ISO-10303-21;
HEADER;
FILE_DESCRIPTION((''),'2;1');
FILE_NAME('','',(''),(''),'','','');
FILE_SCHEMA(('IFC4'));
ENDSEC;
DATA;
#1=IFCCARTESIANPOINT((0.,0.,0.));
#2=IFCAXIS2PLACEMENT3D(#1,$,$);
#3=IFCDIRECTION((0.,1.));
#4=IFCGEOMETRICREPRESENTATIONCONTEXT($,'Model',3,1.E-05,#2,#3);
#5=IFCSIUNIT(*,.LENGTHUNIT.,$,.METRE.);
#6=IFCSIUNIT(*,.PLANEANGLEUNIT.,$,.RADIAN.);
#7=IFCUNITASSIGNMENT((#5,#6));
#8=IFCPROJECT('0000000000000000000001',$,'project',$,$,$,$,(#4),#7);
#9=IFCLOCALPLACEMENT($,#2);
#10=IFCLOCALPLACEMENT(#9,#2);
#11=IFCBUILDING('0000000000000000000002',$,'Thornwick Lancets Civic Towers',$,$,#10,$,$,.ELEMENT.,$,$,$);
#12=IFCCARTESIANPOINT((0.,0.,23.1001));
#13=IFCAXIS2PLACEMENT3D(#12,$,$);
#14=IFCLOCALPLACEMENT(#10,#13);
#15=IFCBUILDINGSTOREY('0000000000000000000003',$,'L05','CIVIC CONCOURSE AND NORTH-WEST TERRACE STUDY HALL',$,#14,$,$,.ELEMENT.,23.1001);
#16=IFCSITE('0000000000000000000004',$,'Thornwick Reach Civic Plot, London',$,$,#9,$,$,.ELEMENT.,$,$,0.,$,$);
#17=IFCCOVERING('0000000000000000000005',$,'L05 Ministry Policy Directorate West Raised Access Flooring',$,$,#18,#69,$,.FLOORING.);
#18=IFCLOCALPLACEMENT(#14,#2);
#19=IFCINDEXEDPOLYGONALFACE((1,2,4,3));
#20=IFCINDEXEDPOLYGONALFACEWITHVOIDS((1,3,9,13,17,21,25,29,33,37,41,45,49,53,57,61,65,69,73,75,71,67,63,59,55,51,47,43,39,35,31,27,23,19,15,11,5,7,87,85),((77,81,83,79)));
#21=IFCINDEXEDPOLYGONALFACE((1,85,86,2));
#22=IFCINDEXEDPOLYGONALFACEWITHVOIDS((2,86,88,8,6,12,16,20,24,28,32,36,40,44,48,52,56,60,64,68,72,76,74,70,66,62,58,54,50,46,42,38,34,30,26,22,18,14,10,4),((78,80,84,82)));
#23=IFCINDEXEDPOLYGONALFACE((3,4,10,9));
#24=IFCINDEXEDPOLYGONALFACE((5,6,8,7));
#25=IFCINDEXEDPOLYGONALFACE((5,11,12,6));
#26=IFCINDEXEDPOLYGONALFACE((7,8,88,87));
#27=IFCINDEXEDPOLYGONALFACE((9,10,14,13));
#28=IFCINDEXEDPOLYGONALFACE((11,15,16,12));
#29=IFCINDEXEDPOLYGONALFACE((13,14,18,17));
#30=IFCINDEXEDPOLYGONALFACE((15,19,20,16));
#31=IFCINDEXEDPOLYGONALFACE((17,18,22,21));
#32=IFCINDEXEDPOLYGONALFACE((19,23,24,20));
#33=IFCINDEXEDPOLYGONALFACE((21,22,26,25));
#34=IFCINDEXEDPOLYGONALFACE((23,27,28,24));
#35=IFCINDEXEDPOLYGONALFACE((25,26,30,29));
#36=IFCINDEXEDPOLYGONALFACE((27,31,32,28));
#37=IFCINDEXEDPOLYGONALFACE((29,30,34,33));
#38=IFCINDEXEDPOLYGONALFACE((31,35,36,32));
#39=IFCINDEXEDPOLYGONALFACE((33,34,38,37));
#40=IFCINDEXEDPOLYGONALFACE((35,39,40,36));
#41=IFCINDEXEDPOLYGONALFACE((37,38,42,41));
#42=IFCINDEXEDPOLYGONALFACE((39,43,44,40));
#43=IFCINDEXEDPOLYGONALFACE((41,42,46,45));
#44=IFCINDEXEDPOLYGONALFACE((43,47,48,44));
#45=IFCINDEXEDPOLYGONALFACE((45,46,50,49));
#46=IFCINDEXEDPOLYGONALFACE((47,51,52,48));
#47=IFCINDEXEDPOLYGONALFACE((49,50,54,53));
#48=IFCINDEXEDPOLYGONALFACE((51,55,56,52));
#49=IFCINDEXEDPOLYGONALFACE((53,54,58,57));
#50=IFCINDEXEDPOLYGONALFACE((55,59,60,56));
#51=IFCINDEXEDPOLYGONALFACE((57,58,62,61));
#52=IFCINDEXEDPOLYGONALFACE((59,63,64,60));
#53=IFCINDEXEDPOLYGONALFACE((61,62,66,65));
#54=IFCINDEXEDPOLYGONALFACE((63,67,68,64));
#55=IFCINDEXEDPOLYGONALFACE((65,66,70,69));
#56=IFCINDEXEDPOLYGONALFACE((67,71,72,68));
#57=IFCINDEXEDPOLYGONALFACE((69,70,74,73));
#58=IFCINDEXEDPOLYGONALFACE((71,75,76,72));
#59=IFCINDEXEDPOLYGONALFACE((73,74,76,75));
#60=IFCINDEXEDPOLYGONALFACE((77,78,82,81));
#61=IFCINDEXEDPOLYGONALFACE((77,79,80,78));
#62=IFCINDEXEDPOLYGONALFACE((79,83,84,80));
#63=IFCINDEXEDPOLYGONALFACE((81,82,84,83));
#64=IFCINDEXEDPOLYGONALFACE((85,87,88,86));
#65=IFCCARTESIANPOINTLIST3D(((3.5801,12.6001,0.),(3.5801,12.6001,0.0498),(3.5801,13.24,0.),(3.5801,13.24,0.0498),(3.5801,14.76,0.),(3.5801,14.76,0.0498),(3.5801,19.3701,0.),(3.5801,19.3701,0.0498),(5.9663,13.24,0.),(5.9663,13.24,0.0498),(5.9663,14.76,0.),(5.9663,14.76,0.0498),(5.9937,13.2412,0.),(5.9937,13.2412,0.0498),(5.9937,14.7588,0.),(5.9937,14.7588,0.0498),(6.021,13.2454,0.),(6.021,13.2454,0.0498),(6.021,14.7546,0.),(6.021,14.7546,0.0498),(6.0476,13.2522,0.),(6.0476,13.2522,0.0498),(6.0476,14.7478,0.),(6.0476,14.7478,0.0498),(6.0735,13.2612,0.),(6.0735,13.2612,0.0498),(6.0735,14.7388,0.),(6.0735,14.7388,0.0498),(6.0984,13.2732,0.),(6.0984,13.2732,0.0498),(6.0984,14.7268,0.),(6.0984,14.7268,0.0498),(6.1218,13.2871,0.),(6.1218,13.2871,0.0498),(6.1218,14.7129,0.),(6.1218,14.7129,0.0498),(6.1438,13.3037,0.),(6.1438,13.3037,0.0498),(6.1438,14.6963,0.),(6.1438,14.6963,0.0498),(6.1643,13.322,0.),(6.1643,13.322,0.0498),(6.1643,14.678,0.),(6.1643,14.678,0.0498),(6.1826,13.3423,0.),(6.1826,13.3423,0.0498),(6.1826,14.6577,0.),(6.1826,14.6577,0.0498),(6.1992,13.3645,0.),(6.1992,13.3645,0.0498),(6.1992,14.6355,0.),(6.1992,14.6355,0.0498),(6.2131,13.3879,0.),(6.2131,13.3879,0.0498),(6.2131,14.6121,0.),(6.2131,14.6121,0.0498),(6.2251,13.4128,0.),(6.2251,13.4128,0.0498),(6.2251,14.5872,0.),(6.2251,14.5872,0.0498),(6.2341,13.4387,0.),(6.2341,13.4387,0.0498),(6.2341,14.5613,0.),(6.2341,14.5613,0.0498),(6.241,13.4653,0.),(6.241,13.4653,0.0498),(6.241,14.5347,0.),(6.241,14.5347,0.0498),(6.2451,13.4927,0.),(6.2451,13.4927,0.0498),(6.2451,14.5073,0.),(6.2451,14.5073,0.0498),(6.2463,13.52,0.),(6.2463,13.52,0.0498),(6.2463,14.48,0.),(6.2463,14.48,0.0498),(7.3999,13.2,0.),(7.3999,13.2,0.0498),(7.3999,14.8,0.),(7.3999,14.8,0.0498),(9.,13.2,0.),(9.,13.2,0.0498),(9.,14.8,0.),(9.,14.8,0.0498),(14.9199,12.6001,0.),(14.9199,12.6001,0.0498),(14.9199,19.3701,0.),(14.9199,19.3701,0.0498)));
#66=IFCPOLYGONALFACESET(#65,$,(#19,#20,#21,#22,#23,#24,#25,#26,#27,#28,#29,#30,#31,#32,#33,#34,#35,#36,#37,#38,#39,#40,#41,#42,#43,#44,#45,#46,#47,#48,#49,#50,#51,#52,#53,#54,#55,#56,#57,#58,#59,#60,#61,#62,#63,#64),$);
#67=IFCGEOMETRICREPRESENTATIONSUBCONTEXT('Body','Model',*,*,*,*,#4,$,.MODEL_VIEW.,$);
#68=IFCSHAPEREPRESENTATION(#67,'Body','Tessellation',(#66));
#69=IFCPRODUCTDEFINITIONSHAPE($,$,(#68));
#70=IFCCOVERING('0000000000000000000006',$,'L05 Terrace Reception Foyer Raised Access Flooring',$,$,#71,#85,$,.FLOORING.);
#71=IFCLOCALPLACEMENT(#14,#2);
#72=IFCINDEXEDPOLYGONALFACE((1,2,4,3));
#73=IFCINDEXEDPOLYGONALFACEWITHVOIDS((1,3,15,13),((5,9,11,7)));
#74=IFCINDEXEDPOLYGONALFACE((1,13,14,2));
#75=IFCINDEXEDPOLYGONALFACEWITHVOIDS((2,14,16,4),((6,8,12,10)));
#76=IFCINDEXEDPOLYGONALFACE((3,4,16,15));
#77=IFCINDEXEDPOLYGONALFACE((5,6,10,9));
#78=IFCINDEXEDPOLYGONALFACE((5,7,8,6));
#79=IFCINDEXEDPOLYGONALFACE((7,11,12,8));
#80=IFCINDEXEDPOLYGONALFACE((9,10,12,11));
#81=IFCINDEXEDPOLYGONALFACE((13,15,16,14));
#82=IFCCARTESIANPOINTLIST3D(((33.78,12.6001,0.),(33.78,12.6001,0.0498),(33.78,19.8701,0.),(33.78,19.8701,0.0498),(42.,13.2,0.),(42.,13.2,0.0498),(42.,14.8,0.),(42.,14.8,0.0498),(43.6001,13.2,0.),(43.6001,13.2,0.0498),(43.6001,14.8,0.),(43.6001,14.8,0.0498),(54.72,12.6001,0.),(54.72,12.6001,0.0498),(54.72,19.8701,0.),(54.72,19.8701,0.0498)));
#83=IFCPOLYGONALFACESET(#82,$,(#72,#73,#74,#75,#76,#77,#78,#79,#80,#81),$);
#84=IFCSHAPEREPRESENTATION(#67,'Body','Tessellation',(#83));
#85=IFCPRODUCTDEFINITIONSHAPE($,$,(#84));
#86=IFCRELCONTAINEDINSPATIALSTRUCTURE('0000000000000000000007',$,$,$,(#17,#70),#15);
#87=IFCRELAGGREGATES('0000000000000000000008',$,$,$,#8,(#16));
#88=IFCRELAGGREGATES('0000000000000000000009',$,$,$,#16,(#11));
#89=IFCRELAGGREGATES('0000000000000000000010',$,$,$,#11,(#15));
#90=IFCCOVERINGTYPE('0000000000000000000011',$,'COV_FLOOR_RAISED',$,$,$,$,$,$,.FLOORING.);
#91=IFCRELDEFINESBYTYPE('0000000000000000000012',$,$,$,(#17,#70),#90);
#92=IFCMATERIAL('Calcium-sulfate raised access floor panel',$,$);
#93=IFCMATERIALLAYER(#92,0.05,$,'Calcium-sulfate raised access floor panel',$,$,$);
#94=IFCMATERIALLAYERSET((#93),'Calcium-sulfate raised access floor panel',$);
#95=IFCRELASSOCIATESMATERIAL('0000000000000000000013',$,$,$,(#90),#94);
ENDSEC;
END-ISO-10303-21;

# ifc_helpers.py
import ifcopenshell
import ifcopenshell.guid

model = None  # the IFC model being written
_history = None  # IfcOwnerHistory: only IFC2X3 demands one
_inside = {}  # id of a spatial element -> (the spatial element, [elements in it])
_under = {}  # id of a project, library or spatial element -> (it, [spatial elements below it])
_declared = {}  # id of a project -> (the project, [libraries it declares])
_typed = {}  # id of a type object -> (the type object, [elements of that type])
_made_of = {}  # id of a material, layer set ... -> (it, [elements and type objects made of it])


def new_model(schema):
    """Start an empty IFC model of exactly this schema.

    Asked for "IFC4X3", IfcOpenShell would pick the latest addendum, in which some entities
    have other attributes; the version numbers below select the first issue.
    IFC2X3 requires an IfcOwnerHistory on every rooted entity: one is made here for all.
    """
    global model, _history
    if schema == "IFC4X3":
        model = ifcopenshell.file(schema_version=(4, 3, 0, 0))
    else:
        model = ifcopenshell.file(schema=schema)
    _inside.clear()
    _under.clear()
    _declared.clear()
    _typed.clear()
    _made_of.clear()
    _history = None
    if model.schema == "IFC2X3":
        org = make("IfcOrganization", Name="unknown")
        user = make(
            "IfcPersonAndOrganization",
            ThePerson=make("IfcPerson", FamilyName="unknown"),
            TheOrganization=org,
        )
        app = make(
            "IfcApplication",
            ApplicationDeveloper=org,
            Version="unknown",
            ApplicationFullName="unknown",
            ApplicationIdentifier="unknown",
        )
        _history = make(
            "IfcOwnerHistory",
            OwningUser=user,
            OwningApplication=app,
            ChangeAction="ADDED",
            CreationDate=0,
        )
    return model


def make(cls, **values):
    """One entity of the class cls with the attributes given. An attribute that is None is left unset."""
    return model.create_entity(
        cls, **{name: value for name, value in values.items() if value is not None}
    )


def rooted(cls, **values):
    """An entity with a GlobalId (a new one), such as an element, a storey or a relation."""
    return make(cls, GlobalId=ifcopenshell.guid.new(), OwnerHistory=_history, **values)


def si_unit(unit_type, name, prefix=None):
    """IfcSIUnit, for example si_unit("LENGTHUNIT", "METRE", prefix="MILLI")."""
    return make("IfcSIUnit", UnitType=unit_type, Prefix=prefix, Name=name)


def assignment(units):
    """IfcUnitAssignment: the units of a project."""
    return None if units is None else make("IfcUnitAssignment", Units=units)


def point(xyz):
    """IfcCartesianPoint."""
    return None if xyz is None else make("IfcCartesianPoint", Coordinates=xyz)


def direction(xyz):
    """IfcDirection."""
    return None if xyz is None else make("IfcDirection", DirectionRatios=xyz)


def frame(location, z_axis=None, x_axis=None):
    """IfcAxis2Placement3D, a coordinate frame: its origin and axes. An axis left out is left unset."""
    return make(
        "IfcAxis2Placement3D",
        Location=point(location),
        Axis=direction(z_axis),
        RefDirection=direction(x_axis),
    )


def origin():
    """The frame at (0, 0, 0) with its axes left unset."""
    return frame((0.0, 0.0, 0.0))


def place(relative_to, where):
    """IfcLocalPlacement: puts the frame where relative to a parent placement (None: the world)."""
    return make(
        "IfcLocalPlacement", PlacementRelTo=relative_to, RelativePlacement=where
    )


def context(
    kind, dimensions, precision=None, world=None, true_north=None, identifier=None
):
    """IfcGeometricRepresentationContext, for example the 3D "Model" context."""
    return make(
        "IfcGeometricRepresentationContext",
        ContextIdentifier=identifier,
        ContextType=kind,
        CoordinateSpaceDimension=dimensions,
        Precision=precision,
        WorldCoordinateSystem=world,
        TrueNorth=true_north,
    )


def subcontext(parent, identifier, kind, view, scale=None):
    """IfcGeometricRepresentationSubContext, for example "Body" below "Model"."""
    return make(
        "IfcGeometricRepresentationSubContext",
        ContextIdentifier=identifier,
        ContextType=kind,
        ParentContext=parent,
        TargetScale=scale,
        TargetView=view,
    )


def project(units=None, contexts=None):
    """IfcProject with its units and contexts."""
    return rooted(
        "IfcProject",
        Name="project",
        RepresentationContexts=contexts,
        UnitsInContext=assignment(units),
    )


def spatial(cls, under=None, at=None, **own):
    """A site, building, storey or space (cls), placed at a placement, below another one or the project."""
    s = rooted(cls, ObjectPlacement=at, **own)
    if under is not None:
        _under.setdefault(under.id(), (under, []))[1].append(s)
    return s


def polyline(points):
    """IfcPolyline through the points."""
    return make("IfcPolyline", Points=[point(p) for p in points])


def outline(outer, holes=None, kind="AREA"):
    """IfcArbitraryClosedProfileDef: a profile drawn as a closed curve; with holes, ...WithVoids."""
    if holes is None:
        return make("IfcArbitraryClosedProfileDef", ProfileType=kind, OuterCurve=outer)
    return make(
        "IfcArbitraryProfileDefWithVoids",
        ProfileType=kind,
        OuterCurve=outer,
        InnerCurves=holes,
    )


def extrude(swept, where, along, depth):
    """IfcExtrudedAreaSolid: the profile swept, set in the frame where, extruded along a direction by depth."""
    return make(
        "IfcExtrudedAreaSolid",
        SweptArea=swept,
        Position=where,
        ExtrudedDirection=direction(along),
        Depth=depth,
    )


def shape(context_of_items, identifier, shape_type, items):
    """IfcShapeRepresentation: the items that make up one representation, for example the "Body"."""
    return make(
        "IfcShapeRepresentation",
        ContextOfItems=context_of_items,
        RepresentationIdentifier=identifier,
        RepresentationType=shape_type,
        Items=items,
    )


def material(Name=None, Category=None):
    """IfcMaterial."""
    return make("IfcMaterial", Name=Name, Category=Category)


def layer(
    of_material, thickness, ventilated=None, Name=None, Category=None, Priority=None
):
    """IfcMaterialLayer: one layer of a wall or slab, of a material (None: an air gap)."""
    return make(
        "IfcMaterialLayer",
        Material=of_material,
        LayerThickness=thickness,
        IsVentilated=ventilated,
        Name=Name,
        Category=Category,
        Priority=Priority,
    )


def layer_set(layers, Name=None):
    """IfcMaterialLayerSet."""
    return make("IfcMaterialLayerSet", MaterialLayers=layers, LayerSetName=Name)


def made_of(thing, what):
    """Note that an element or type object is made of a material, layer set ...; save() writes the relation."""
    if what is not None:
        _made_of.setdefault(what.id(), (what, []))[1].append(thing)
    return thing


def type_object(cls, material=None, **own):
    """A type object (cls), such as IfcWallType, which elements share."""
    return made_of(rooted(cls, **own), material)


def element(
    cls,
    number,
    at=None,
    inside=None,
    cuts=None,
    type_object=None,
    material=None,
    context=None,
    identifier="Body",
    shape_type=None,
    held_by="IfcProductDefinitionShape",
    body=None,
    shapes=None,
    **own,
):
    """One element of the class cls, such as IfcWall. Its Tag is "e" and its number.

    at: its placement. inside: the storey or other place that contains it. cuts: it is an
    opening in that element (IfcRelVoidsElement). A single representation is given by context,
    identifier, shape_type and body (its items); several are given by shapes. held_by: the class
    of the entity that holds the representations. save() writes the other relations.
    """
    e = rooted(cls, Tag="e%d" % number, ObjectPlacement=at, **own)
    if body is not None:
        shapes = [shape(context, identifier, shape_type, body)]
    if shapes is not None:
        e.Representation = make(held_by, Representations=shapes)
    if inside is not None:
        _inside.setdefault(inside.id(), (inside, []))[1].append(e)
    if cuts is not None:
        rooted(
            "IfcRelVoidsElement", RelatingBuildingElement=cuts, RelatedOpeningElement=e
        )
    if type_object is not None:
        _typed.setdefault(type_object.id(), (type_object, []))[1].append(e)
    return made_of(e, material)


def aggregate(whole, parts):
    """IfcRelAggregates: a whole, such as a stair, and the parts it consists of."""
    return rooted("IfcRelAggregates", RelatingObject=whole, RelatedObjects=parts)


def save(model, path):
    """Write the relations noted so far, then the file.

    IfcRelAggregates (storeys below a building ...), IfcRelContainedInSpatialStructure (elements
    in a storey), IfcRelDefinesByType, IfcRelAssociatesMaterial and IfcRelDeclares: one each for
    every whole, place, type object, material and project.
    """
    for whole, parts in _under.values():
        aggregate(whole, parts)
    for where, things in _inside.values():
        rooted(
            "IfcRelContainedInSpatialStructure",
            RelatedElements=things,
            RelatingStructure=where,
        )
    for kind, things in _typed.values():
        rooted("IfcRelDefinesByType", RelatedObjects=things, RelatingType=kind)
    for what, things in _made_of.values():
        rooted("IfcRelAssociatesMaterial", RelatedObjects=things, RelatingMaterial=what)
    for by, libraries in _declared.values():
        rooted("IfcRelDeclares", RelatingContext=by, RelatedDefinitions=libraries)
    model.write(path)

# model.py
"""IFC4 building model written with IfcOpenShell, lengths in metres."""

from ifc_helpers import new_model, si_unit, direction, frame, origin, place, context, subcontext, project, spatial, polyline, outline, extrude, material, layer, layer_set, type_object, element, save


model = new_model("IFC4")

# Units and contexts
model_context = context("Model", 3, precision=1e-05, world=origin(), true_north=direction((0.0, 1.0)))
body_context = subcontext(model_context, "Body", "Model", "MODEL_VIEW")
ifc_project = project(units=[si_unit("LENGTHUNIT", "METRE"), si_unit("PLANEANGLEUNIT", "RADIAN")], contexts=[model_context])

# Site, building, storey
site_placement = place(None, origin())
site = spatial("IfcSite", under=ifc_project, at=site_placement, Name="Thornwick Reach Civic Plot, London", CompositionType="ELEMENT", RefElevation=0.0)
building_placement = place(site_placement, origin())
building = spatial("IfcBuilding", under=site, at=building_placement, Name="Thornwick Lancets Civic Towers", CompositionType="ELEMENT")
storey_placement = place(building_placement, frame((0.0, 0.0, 23.1001)))
storey = spatial("IfcBuildingStorey", under=building, at=storey_placement, Name="L05", Description="CIVIC CONCOURSE AND NORTH-WEST TERRACE STUDY HALL", CompositionType="ELEMENT", Elevation=23.1001)

# Coverings
ifc_material_1 = material(Name="Calcium-sulfate raised access floor panel")
ifc_layer_1 = layer(ifc_material_1, 0.05, Name="Calcium-sulfate raised access floor panel")
ifc_layer_set_1 = layer_set([ifc_layer_1], Name="Calcium-sulfate raised access floor panel")
covering_type_1 = type_object("IfcCoveringType", Name="COV_FLOOR_RAISED", PredefinedType="FLOORING", material=ifc_layer_set_1)
covering_1_placement = place(storey_placement, origin())
element("IfcCovering", 1, at=covering_1_placement, inside=storey, type_object=covering_type_1, Name="L05 Ministry Policy Directorate West Raised Access Flooring", PredefinedType="FLOORING", context=body_context, shape_type="SweptSolid", body=[
    extrude(outline(polyline([(14.9199, 19.3701), (14.9199, 12.6001), (3.5801, 12.6001), (3.5801, 13.24), (5.9663, 13.24), (5.9937, 13.2412), (6.021, 13.2454), (6.0476, 13.2522), (6.0735, 13.2612), (6.0984, 13.2732), (6.1218, 13.2871), (6.1438, 13.3037), (6.1643, 13.322), (6.1826, 13.3423), (6.1992, 13.3645), (6.2131, 13.3879), (6.2251, 13.4128), (6.2341, 13.4387), (6.241, 13.4653), (6.2451, 13.4927), (6.2463, 13.52), (6.2463, 14.48), (6.2451, 14.5073), (6.241, 14.5347), (6.2341, 14.5613), (6.2251, 14.5872), (6.2131, 14.6121), (6.1992, 14.6355), (6.1826, 14.6577), (6.1643, 14.678), (6.1438, 14.6963), (6.1218, 14.7129), (6.0984, 14.7268), (6.0735, 14.7388), (6.0476, 14.7478), (6.021, 14.7546), (5.9937, 14.7588), (5.9663, 14.76), (3.5801, 14.76), (3.5801, 19.3701), (14.9199, 19.3701)]), holes=[polyline([(7.3999, 13.2), (9.0, 13.2), (9.0, 14.8), (7.3999, 14.8), (7.3999, 13.2)])]), origin(), (0.0, 0.0, 1.0), 0.0498),
])
covering_2_placement = place(storey_placement, origin())
element("IfcCovering", 2, at=covering_2_placement, inside=storey, type_object=covering_type_1, Name="L05 Terrace Reception Foyer Raised Access Flooring", PredefinedType="FLOORING", context=body_context, shape_type="SweptSolid", body=[
    extrude(outline(polyline([(33.78, 19.8701), (54.72, 19.8701), (54.72, 12.6001), (33.78, 12.6001), (33.78, 19.8701)]), holes=[polyline([(42.0, 13.2), (43.6001, 13.2), (43.6001, 14.8), (42.0, 14.8), (42.0, 13.2)])]), origin(), (0.0, 0.0, 1.0), 0.0498),
])

save(model, "model.ifc")
